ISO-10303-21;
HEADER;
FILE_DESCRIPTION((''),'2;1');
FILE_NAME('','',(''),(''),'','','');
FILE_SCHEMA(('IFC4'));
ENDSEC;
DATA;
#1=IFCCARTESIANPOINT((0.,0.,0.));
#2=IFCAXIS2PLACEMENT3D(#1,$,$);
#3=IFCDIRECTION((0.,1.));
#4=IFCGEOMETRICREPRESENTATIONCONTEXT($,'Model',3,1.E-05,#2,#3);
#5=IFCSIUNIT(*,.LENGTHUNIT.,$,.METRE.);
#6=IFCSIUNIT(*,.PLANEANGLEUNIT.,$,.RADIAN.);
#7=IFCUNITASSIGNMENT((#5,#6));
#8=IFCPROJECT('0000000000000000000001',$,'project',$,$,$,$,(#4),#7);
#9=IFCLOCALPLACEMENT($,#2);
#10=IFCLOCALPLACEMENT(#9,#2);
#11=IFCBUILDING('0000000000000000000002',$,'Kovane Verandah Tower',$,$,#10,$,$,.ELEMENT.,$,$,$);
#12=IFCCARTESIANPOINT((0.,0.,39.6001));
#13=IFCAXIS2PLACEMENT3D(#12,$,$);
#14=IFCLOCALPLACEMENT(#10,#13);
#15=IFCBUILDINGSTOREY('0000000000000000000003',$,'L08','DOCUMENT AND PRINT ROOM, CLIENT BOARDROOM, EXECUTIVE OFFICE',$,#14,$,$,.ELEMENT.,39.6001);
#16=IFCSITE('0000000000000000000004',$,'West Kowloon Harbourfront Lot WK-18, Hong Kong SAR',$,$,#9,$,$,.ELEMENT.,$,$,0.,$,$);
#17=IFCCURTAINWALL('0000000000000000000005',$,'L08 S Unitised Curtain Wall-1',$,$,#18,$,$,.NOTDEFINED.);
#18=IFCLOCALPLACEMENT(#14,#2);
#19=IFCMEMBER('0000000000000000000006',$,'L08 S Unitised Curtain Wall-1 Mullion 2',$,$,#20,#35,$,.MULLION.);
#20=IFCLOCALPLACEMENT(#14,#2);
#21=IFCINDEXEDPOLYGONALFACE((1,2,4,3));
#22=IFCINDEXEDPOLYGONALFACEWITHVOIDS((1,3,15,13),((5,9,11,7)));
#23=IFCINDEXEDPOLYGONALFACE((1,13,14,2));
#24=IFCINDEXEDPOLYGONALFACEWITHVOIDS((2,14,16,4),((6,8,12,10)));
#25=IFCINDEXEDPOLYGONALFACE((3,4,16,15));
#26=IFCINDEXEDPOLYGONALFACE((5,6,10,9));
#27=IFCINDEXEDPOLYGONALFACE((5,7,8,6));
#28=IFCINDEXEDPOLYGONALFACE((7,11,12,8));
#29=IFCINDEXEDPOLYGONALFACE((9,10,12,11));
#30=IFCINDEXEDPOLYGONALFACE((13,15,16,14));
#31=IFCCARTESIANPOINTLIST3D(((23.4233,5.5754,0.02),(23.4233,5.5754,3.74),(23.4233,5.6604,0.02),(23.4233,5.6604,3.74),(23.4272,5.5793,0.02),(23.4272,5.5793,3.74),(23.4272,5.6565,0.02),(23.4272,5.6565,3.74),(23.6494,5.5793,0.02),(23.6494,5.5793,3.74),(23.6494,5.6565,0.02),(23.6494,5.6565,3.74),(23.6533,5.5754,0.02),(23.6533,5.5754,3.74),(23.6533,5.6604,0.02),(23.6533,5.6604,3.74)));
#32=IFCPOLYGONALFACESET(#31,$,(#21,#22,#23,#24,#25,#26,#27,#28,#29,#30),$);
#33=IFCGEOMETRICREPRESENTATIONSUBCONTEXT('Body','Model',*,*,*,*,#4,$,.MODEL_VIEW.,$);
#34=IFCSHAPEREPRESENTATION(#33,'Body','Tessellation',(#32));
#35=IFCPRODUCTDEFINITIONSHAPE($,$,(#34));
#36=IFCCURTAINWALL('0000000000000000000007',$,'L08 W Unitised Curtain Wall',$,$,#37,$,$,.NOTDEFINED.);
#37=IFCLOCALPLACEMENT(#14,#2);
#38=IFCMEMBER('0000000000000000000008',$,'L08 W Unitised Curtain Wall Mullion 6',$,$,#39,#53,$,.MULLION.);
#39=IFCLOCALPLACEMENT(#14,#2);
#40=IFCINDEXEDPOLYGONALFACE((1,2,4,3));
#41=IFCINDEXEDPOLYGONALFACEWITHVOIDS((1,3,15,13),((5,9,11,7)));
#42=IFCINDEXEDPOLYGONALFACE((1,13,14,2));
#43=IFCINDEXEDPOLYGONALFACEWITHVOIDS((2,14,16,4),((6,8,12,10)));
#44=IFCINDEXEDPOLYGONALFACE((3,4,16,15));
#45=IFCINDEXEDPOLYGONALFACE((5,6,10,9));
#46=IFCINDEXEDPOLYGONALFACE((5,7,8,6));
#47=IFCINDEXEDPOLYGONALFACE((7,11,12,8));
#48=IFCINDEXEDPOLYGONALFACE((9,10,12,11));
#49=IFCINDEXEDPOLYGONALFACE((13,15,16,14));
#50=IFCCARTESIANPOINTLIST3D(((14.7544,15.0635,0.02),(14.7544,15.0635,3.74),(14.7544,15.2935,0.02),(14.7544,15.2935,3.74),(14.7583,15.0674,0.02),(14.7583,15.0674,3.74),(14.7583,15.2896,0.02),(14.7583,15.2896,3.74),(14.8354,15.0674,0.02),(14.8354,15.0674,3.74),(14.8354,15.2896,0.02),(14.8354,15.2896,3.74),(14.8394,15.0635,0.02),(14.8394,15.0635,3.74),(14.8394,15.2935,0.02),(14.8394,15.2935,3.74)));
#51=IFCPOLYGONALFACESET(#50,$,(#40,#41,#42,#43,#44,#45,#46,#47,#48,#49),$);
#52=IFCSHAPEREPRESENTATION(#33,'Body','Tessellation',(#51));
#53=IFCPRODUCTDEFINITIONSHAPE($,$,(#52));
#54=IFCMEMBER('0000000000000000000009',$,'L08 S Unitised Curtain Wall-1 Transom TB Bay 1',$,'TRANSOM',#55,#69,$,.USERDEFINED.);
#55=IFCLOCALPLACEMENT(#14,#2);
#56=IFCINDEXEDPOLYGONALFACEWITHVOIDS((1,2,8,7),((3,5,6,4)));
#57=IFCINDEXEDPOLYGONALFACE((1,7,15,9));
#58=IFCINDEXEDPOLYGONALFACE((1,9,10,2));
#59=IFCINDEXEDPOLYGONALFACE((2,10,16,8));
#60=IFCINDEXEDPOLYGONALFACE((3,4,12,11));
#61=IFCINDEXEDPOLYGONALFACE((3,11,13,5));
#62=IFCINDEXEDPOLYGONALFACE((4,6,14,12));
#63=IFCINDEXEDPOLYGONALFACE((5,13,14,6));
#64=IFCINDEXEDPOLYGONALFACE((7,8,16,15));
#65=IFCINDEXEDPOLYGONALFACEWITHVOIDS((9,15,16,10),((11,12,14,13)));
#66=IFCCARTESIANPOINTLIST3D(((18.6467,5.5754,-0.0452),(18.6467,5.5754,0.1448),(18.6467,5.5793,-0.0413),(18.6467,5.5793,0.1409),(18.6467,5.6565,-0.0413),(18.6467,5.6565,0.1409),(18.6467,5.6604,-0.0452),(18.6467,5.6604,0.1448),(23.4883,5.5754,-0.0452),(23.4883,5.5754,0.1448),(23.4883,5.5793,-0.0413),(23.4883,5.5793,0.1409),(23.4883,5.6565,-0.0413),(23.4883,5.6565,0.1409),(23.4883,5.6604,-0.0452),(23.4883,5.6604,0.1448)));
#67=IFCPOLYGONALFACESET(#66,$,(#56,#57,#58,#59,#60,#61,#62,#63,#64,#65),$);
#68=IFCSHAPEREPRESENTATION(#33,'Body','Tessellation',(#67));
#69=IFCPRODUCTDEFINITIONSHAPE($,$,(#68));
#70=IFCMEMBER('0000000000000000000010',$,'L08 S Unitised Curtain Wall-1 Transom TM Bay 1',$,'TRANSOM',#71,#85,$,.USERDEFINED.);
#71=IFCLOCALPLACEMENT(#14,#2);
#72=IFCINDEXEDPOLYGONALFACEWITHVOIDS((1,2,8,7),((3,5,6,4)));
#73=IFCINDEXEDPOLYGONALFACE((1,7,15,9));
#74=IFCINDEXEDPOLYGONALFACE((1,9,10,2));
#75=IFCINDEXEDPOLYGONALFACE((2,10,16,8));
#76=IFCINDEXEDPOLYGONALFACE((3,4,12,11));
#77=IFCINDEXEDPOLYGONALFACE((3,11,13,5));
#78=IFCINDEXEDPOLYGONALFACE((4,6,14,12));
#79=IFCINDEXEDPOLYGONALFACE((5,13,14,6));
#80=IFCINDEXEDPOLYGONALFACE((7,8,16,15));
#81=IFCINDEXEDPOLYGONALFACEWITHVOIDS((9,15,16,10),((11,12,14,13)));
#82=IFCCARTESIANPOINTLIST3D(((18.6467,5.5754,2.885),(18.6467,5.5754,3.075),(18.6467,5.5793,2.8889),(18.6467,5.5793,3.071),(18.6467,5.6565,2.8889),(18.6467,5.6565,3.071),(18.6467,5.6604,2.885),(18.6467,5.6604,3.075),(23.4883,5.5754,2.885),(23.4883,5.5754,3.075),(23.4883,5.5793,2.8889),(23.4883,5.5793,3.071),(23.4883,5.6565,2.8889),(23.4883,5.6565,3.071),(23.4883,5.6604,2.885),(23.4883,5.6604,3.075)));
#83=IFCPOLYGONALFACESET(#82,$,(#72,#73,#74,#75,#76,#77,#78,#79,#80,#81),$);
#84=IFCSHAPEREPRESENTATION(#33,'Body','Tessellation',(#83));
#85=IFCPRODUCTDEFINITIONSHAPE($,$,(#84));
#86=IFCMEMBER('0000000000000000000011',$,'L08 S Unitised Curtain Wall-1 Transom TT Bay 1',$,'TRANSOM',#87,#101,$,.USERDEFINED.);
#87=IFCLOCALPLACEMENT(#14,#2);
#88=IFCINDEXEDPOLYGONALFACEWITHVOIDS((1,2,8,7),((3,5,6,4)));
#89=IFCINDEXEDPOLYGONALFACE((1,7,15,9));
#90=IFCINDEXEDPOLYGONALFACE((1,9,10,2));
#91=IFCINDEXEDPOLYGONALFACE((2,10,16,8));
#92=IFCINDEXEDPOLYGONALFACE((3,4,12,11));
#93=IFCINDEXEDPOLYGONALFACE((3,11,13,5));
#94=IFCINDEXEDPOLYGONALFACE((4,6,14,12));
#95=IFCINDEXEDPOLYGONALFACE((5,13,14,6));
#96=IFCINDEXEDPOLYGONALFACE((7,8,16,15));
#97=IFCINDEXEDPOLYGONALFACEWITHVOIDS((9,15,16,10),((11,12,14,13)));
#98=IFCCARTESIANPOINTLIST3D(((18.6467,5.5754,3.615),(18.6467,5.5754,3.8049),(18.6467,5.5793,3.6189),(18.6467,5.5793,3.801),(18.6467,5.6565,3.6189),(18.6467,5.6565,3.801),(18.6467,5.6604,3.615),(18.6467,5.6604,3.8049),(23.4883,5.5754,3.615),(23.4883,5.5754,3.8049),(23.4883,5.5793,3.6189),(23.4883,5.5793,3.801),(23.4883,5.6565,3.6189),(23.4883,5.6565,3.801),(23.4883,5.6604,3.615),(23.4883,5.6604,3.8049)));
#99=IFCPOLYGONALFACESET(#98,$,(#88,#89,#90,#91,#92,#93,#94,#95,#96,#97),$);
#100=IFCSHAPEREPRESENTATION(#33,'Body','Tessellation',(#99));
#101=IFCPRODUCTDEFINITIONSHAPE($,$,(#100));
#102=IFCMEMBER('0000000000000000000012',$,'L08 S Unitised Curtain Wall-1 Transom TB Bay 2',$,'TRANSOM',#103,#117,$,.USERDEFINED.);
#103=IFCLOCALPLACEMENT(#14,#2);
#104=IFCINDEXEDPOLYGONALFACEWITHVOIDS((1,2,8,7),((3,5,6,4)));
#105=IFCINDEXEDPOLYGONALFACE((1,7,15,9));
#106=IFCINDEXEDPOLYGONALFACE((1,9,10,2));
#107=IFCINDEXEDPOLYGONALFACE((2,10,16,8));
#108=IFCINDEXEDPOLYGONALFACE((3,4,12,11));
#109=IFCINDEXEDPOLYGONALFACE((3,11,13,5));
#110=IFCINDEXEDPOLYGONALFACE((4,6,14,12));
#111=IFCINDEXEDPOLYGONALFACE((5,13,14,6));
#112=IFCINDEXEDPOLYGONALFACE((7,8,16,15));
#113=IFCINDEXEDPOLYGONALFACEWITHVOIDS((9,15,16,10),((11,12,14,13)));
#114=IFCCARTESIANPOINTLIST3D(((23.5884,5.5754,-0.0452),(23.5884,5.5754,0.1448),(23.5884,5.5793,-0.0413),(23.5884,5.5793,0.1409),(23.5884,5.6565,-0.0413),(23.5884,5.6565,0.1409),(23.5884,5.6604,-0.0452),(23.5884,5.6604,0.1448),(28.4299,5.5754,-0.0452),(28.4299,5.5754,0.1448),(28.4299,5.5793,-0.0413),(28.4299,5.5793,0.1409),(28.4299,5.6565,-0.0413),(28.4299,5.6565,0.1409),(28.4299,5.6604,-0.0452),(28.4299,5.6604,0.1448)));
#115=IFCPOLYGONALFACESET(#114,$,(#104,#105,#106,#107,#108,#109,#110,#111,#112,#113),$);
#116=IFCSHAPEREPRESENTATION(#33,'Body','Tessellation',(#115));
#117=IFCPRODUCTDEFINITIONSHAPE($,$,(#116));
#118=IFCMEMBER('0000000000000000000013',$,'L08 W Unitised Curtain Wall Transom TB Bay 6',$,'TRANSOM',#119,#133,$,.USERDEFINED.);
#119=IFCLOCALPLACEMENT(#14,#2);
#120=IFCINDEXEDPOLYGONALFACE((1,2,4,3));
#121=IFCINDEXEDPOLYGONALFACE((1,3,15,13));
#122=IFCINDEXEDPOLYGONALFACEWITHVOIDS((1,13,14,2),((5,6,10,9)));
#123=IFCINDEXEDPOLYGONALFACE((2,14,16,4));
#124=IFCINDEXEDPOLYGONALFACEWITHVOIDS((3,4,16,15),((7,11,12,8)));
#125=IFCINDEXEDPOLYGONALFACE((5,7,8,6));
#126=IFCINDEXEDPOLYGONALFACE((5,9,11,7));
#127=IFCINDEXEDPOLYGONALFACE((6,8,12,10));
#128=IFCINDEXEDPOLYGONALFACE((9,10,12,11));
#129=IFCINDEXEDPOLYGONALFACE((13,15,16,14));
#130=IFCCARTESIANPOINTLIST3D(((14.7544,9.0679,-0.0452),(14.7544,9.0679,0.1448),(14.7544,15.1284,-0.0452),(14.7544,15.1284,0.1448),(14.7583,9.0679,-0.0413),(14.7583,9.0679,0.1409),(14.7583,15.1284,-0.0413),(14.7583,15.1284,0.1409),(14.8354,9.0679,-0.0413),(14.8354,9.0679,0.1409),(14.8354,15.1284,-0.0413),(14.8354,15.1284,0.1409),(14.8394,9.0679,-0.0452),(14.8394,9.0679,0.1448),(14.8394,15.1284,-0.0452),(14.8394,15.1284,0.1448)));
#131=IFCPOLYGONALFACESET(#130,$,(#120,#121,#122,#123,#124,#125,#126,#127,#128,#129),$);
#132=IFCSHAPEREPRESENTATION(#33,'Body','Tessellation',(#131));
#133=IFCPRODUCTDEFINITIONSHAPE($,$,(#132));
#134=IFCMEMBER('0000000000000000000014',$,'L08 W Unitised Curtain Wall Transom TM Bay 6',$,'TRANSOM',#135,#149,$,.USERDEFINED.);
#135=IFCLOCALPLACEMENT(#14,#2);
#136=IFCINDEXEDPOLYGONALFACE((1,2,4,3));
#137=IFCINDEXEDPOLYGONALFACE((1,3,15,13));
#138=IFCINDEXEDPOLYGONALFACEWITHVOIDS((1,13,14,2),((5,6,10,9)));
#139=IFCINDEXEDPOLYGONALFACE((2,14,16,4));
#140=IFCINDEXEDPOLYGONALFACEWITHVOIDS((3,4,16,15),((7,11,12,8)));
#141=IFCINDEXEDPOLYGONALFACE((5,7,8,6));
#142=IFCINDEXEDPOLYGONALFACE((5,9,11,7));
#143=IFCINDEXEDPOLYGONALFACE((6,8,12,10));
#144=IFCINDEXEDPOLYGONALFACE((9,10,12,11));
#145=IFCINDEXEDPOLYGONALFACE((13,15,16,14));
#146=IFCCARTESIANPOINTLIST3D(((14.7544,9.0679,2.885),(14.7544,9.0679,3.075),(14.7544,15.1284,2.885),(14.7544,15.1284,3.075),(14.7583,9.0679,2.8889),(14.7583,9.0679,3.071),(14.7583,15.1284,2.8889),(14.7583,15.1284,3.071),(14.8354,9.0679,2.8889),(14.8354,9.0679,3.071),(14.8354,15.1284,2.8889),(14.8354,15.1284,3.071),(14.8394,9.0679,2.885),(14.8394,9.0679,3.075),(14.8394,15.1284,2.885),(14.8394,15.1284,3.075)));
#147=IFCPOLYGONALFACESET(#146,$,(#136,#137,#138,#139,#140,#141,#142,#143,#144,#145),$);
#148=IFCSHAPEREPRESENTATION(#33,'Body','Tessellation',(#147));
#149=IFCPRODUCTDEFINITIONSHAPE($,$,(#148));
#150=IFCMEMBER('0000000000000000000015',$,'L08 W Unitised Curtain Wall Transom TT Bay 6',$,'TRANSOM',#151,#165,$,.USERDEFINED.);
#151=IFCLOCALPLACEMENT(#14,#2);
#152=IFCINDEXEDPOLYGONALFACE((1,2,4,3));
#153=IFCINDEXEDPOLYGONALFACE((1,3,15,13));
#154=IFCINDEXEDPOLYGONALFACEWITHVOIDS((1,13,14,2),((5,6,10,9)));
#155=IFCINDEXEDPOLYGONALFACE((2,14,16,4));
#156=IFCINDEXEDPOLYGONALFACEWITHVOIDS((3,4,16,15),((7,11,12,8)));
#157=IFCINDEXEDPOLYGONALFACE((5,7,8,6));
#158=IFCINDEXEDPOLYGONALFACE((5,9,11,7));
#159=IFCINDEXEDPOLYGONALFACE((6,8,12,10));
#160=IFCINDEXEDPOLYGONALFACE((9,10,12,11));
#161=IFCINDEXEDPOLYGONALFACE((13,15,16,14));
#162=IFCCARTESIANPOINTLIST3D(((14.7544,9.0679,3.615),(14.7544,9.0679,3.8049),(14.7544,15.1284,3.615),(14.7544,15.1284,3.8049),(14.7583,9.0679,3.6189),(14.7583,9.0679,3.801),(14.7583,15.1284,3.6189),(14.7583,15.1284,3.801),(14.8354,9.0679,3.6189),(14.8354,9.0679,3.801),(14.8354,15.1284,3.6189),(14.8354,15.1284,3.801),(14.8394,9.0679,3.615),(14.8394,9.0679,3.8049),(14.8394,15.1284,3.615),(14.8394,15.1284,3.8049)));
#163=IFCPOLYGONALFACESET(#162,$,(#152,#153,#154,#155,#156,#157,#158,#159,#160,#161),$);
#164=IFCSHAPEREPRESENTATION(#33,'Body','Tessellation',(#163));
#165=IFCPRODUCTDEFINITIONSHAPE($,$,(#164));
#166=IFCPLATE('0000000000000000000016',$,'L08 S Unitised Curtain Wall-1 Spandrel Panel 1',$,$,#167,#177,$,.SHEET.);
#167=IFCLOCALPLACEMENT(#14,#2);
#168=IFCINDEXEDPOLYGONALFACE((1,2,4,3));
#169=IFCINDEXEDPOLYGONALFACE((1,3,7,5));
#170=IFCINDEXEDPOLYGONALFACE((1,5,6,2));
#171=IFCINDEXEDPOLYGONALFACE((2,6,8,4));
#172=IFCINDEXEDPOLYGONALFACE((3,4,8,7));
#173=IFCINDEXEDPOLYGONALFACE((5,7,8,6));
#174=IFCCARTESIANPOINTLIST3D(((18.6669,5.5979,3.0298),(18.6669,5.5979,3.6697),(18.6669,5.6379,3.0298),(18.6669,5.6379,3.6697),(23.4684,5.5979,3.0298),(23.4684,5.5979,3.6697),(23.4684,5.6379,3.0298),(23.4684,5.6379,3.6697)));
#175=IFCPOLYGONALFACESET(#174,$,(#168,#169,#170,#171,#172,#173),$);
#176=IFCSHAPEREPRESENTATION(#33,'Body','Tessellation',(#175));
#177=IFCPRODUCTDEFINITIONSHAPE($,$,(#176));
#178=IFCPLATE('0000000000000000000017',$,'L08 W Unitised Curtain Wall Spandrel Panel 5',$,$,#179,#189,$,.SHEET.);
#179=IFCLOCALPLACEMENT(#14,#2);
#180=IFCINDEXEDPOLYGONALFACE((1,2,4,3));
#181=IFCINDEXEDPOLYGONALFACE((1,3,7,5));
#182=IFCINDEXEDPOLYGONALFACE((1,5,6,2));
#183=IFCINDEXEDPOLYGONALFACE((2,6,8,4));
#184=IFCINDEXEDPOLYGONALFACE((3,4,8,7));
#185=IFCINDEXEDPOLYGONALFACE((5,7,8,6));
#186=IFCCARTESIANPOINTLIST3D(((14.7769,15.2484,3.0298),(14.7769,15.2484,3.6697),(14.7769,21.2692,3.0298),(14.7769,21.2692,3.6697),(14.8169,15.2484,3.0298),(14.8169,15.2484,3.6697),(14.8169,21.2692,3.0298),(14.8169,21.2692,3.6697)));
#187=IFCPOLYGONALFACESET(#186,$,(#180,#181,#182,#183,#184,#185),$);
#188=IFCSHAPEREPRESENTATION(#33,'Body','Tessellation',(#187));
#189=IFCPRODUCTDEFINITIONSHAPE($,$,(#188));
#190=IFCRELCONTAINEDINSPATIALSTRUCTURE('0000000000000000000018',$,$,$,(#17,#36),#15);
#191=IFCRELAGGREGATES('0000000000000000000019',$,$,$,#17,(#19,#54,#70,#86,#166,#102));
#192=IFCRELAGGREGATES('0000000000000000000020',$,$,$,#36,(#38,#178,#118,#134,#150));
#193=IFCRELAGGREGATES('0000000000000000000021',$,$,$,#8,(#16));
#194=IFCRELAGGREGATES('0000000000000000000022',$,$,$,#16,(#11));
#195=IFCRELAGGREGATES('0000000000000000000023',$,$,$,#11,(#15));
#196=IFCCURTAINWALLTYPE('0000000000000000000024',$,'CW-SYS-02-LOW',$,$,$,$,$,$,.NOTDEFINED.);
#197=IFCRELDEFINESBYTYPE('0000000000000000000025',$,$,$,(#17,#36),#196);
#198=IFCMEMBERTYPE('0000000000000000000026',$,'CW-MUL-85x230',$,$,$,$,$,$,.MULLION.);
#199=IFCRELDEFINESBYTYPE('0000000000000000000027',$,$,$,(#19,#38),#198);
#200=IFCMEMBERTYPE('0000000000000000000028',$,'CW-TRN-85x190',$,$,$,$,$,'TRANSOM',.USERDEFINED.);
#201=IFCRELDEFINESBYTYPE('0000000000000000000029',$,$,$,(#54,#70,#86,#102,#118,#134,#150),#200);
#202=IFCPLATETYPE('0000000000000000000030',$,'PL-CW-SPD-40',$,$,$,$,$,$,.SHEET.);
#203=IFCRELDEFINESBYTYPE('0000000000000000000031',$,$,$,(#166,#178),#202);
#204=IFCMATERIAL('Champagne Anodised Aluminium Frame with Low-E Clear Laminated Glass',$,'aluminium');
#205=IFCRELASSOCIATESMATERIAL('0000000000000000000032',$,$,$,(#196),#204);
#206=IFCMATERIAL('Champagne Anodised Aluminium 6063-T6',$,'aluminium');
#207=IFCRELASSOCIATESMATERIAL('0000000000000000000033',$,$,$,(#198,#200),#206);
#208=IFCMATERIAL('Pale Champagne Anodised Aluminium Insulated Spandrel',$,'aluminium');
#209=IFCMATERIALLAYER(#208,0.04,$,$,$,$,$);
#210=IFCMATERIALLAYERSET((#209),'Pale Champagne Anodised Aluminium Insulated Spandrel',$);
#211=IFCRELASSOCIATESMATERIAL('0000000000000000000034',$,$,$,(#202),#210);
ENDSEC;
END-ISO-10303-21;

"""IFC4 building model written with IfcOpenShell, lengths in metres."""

from ifc_helpers import new_model, si_unit, direction, frame, origin, origin_2d, place, context, subcontext, project, spatial, rectangle, hollow_rectangle, extrude, material, layer, layer_set, material_profile, profile_set, type_object, element, aggregate, save


model = new_model("IFC4")

# Units and contexts
model_context = context("Model", 3, precision=1e-05, world=origin(), true_north=direction((0.0, 1.0)))
body_context = subcontext(model_context, "Body", "Model", "MODEL_VIEW")
ifc_project = project(units=[si_unit("LENGTHUNIT", "METRE"), si_unit("PLANEANGLEUNIT", "RADIAN")], contexts=[model_context])

# Site, building, storey
site_placement = place(None, origin())
site = spatial("IfcSite", under=ifc_project, at=site_placement, Name="West Kowloon Harbourfront Lot WK-18, Hong Kong SAR", CompositionType="ELEMENT", RefElevation=0.0)
building_placement = place(site_placement, origin())
building = spatial("IfcBuilding", under=site, at=building_placement, Name="Kovane Verandah Tower", CompositionType="ELEMENT")
storey_placement = place(building_placement, frame((0.0, 0.0, 39.6001)))
storey = spatial("IfcBuildingStorey", under=building, at=storey_placement, Name="L08", Description="DOCUMENT AND PRINT ROOM, CLIENT BOARDROOM, EXECUTIVE OFFICE", CompositionType="ELEMENT", Elevation=39.6001)

# Curtain wall, member
ifc_material_1 = material(Name="Champagne Anodised Aluminium Frame with Low-E Clear Laminated Glass", Category="aluminium")
curtain_wall_type = type_object("IfcCurtainWallType", Name="CW-SYS-02-LOW", PredefinedType="NOTDEFINED", material=ifc_material_1)
curtain_wall_1_placement = place(storey_placement, origin())
curtain_wall_1 = element("IfcCurtainWall", 1, at=curtain_wall_1_placement, inside=storey, type_object=curtain_wall_type, Name="L08 S Unitised Curtain Wall-1", PredefinedType="NOTDEFINED")
ifc_material_2 = material(Name="Champagne Anodised Aluminium 6063-T6", Category="aluminium")
ifc_material_profile_1 = material_profile(ifc_material_2, hollow_rectangle(XDim=0.085, YDim=0.23, WallThickness=0.0039, at=origin_2d()), Name="AL85x230x4")
ifc_profile_set_1 = profile_set([ifc_material_profile_1], Name="Champagne Anodised Aluminium 6063-T6")
member_type_1 = type_object("IfcMemberType", Name="CW-MUL-85x230", PredefinedType="MULLION", material=ifc_profile_set_1)
member_1_placement = place(storey_placement, frame((23.5383, 5.6179, 0.02), z_axis=(0.0, 0.0, 1.0), x_axis=(0.0, -1.0, 0.0)))
member_1 = element("IfcMember", 2, at=member_1_placement, type_object=member_type_1, Name="L08 S Unitised Curtain Wall-1 Mullion 2", PredefinedType="MULLION", context=body_context, shape_type="SweptSolid", body=[
    extrude(hollow_rectangle(XDim=0.085, YDim=0.23, WallThickness=0.0039, at=origin_2d()), origin(), (0.0, 0.0, 1.0), 3.72),
])

# Curtain wall, member
curtain_wall_2_placement = place(storey_placement, origin())
curtain_wall_2 = element("IfcCurtainWall", 3, at=curtain_wall_2_placement, inside=storey, type_object=curtain_wall_type, Name="L08 W Unitised Curtain Wall", PredefinedType="NOTDEFINED")
member_2_placement = place(storey_placement, frame((14.7969, 15.1785, 0.02), z_axis=(0.0, 0.0, 1.0), x_axis=(-1.0, 0.0, 0.0)))
member_2 = element("IfcMember", 4, at=member_2_placement, type_object=member_type_1, Name="L08 W Unitised Curtain Wall Mullion 6", PredefinedType="MULLION", context=body_context, shape_type="SweptSolid", body=[
    extrude(hollow_rectangle(XDim=0.085, YDim=0.23, WallThickness=0.0039, at=origin_2d()), origin(), (0.0, 0.0, 1.0), 3.72),
])

# Members
ifc_material_profile_2 = material_profile(ifc_material_2, hollow_rectangle(XDim=0.085, YDim=0.1899, WallThickness=0.0039, at=origin_2d()), Name="AL85x190x4")
ifc_profile_set_2 = profile_set([ifc_material_profile_2], Name="Champagne Anodised Aluminium 6063-T6")
member_type_2 = type_object("IfcMemberType", Name="CW-TRN-85x190", ElementType="TRANSOM", PredefinedType="USERDEFINED", material=ifc_profile_set_2)
member_3_placement = place(storey_placement, frame((18.6467, 5.6179, 0.0498), z_axis=(1.0, 0.0, 0.0), x_axis=(0.0, 1.0, 0.0)))
member_3 = element("IfcMember", 5, at=member_3_placement, type_object=member_type_2, Name="L08 S Unitised Curtain Wall-1 Transom TB Bay 1", ObjectType="TRANSOM", PredefinedType="USERDEFINED", context=body_context, shape_type="SweptSolid", body=[
    extrude(hollow_rectangle(XDim=0.085, YDim=0.1899, WallThickness=0.0039, at=origin_2d()), origin(), (0.0, 0.0, 1.0), 4.8416),
])
member_4_placement = place(storey_placement, frame((18.6467, 5.6179, 2.98), z_axis=(1.0, 0.0, 0.0), x_axis=(0.0, 1.0, 0.0)))
member_4 = element("IfcMember", 6, at=member_4_placement, type_object=member_type_2, Name="L08 S Unitised Curtain Wall-1 Transom TM Bay 1", ObjectType="TRANSOM", PredefinedType="USERDEFINED", context=body_context, shape_type="SweptSolid", body=[
    extrude(hollow_rectangle(XDim=0.085, YDim=0.1899, WallThickness=0.0039, at=origin_2d()), origin(), (0.0, 0.0, 1.0), 4.8416),
])
member_5_placement = place(storey_placement, frame((18.6467, 5.6179, 3.71), z_axis=(1.0, 0.0, 0.0), x_axis=(0.0, 1.0, 0.0)))
member_5 = element("IfcMember", 7, at=member_5_placement, type_object=member_type_2, Name="L08 S Unitised Curtain Wall-1 Transom TT Bay 1", ObjectType="TRANSOM", PredefinedType="USERDEFINED", context=body_context, shape_type="SweptSolid", body=[
    extrude(hollow_rectangle(XDim=0.085, YDim=0.1899, WallThickness=0.0039, at=origin_2d()), origin(), (0.0, 0.0, 1.0), 4.8416),
])
member_6_placement = place(storey_placement, frame((23.5884, 5.6179, 0.0498), z_axis=(1.0, 0.0, 0.0), x_axis=(0.0, 1.0, 0.0)))
member_6 = element("IfcMember", 8, at=member_6_placement, type_object=member_type_2, Name="L08 S Unitised Curtain Wall-1 Transom TB Bay 2", ObjectType="TRANSOM", PredefinedType="USERDEFINED", context=body_context, shape_type="SweptSolid", body=[
    extrude(hollow_rectangle(XDim=0.085, YDim=0.1899, WallThickness=0.0039, at=origin_2d()), origin(), (0.0, 0.0, 1.0), 4.8416),
])
member_7_placement = place(storey_placement, frame((14.7969, 15.1284, 0.0498), z_axis=(0.0, -1.0, 0.0), x_axis=(1.0, 0.0, 0.0)))
member_7 = element("IfcMember", 9, at=member_7_placement, type_object=member_type_2, Name="L08 W Unitised Curtain Wall Transom TB Bay 6", ObjectType="TRANSOM", PredefinedType="USERDEFINED", context=body_context, shape_type="SweptSolid", body=[
    extrude(hollow_rectangle(XDim=0.085, YDim=0.1899, WallThickness=0.0039, at=origin_2d()), origin(), (0.0, 0.0, 1.0), 6.0605),
])
member_8_placement = place(storey_placement, frame((14.7969, 15.1284, 2.98), z_axis=(0.0, -1.0, 0.0), x_axis=(1.0, 0.0, 0.0)))
member_8 = element("IfcMember", 10, at=member_8_placement, type_object=member_type_2, Name="L08 W Unitised Curtain Wall Transom TM Bay 6", ObjectType="TRANSOM", PredefinedType="USERDEFINED", context=body_context, shape_type="SweptSolid", body=[
    extrude(hollow_rectangle(XDim=0.085, YDim=0.1899, WallThickness=0.0039, at=origin_2d()), origin(), (0.0, 0.0, 1.0), 6.0605),
])
member_9_placement = place(storey_placement, frame((14.7969, 15.1284, 3.71), z_axis=(0.0, -1.0, 0.0), x_axis=(1.0, 0.0, 0.0)))
member_9 = element("IfcMember", 11, at=member_9_placement, type_object=member_type_2, Name="L08 W Unitised Curtain Wall Transom TT Bay 6", ObjectType="TRANSOM", PredefinedType="USERDEFINED", context=body_context, shape_type="SweptSolid", body=[
    extrude(hollow_rectangle(XDim=0.085, YDim=0.1899, WallThickness=0.0039, at=origin_2d()), origin(), (0.0, 0.0, 1.0), 6.0605),
])

# Plates
ifc_material_3 = material(Name="Pale Champagne Anodised Aluminium Insulated Spandrel", Category="aluminium")
ifc_layer_1 = layer(ifc_material_3, 0.04)
ifc_layer_set_1 = layer_set([ifc_layer_1], Name="Pale Champagne Anodised Aluminium Insulated Spandrel")
plate_type_1 = type_object("IfcPlateType", Name="PL-CW-SPD-40", PredefinedType="SHEET", material=ifc_layer_set_1)
plate_1_placement = place(storey_placement, frame((21.0676, 5.6179, 3.0298), z_axis=(0.0, 0.0, 1.0), x_axis=(1.0, 0.0, 0.0)))
plate_1 = element("IfcPlate", 12, at=plate_1_placement, type_object=plate_type_1, Name="L08 S Unitised Curtain Wall-1 Spandrel Panel 1", PredefinedType="SHEET", context=body_context, shape_type="SweptSolid", body=[
    extrude(rectangle(XDim=4.8015, YDim=0.04, at=origin_2d()), origin(), (0.0, 0.0, 1.0), 0.6399),
])
plate_2_placement = place(storey_placement, frame((14.7969, 18.2588, 3.0298), z_axis=(0.0, 0.0, 1.0), x_axis=(0.0, -1.0, 0.0)))
plate_2 = element("IfcPlate", 13, at=plate_2_placement, type_object=plate_type_1, Name="L08 W Unitised Curtain Wall Spandrel Panel 5", PredefinedType="SHEET", context=body_context, shape_type="SweptSolid", body=[
    extrude(rectangle(XDim=6.0208, YDim=0.04, at=origin_2d()), origin(), (0.0, 0.0, 1.0), 0.6399),
])
aggregate(curtain_wall_1, [member_1, member_3, member_4, member_5, plate_1, member_6])
aggregate(curtain_wall_2, [member_2, plate_2, member_7, member_8, member_9])

save(model, "model.ifc")
